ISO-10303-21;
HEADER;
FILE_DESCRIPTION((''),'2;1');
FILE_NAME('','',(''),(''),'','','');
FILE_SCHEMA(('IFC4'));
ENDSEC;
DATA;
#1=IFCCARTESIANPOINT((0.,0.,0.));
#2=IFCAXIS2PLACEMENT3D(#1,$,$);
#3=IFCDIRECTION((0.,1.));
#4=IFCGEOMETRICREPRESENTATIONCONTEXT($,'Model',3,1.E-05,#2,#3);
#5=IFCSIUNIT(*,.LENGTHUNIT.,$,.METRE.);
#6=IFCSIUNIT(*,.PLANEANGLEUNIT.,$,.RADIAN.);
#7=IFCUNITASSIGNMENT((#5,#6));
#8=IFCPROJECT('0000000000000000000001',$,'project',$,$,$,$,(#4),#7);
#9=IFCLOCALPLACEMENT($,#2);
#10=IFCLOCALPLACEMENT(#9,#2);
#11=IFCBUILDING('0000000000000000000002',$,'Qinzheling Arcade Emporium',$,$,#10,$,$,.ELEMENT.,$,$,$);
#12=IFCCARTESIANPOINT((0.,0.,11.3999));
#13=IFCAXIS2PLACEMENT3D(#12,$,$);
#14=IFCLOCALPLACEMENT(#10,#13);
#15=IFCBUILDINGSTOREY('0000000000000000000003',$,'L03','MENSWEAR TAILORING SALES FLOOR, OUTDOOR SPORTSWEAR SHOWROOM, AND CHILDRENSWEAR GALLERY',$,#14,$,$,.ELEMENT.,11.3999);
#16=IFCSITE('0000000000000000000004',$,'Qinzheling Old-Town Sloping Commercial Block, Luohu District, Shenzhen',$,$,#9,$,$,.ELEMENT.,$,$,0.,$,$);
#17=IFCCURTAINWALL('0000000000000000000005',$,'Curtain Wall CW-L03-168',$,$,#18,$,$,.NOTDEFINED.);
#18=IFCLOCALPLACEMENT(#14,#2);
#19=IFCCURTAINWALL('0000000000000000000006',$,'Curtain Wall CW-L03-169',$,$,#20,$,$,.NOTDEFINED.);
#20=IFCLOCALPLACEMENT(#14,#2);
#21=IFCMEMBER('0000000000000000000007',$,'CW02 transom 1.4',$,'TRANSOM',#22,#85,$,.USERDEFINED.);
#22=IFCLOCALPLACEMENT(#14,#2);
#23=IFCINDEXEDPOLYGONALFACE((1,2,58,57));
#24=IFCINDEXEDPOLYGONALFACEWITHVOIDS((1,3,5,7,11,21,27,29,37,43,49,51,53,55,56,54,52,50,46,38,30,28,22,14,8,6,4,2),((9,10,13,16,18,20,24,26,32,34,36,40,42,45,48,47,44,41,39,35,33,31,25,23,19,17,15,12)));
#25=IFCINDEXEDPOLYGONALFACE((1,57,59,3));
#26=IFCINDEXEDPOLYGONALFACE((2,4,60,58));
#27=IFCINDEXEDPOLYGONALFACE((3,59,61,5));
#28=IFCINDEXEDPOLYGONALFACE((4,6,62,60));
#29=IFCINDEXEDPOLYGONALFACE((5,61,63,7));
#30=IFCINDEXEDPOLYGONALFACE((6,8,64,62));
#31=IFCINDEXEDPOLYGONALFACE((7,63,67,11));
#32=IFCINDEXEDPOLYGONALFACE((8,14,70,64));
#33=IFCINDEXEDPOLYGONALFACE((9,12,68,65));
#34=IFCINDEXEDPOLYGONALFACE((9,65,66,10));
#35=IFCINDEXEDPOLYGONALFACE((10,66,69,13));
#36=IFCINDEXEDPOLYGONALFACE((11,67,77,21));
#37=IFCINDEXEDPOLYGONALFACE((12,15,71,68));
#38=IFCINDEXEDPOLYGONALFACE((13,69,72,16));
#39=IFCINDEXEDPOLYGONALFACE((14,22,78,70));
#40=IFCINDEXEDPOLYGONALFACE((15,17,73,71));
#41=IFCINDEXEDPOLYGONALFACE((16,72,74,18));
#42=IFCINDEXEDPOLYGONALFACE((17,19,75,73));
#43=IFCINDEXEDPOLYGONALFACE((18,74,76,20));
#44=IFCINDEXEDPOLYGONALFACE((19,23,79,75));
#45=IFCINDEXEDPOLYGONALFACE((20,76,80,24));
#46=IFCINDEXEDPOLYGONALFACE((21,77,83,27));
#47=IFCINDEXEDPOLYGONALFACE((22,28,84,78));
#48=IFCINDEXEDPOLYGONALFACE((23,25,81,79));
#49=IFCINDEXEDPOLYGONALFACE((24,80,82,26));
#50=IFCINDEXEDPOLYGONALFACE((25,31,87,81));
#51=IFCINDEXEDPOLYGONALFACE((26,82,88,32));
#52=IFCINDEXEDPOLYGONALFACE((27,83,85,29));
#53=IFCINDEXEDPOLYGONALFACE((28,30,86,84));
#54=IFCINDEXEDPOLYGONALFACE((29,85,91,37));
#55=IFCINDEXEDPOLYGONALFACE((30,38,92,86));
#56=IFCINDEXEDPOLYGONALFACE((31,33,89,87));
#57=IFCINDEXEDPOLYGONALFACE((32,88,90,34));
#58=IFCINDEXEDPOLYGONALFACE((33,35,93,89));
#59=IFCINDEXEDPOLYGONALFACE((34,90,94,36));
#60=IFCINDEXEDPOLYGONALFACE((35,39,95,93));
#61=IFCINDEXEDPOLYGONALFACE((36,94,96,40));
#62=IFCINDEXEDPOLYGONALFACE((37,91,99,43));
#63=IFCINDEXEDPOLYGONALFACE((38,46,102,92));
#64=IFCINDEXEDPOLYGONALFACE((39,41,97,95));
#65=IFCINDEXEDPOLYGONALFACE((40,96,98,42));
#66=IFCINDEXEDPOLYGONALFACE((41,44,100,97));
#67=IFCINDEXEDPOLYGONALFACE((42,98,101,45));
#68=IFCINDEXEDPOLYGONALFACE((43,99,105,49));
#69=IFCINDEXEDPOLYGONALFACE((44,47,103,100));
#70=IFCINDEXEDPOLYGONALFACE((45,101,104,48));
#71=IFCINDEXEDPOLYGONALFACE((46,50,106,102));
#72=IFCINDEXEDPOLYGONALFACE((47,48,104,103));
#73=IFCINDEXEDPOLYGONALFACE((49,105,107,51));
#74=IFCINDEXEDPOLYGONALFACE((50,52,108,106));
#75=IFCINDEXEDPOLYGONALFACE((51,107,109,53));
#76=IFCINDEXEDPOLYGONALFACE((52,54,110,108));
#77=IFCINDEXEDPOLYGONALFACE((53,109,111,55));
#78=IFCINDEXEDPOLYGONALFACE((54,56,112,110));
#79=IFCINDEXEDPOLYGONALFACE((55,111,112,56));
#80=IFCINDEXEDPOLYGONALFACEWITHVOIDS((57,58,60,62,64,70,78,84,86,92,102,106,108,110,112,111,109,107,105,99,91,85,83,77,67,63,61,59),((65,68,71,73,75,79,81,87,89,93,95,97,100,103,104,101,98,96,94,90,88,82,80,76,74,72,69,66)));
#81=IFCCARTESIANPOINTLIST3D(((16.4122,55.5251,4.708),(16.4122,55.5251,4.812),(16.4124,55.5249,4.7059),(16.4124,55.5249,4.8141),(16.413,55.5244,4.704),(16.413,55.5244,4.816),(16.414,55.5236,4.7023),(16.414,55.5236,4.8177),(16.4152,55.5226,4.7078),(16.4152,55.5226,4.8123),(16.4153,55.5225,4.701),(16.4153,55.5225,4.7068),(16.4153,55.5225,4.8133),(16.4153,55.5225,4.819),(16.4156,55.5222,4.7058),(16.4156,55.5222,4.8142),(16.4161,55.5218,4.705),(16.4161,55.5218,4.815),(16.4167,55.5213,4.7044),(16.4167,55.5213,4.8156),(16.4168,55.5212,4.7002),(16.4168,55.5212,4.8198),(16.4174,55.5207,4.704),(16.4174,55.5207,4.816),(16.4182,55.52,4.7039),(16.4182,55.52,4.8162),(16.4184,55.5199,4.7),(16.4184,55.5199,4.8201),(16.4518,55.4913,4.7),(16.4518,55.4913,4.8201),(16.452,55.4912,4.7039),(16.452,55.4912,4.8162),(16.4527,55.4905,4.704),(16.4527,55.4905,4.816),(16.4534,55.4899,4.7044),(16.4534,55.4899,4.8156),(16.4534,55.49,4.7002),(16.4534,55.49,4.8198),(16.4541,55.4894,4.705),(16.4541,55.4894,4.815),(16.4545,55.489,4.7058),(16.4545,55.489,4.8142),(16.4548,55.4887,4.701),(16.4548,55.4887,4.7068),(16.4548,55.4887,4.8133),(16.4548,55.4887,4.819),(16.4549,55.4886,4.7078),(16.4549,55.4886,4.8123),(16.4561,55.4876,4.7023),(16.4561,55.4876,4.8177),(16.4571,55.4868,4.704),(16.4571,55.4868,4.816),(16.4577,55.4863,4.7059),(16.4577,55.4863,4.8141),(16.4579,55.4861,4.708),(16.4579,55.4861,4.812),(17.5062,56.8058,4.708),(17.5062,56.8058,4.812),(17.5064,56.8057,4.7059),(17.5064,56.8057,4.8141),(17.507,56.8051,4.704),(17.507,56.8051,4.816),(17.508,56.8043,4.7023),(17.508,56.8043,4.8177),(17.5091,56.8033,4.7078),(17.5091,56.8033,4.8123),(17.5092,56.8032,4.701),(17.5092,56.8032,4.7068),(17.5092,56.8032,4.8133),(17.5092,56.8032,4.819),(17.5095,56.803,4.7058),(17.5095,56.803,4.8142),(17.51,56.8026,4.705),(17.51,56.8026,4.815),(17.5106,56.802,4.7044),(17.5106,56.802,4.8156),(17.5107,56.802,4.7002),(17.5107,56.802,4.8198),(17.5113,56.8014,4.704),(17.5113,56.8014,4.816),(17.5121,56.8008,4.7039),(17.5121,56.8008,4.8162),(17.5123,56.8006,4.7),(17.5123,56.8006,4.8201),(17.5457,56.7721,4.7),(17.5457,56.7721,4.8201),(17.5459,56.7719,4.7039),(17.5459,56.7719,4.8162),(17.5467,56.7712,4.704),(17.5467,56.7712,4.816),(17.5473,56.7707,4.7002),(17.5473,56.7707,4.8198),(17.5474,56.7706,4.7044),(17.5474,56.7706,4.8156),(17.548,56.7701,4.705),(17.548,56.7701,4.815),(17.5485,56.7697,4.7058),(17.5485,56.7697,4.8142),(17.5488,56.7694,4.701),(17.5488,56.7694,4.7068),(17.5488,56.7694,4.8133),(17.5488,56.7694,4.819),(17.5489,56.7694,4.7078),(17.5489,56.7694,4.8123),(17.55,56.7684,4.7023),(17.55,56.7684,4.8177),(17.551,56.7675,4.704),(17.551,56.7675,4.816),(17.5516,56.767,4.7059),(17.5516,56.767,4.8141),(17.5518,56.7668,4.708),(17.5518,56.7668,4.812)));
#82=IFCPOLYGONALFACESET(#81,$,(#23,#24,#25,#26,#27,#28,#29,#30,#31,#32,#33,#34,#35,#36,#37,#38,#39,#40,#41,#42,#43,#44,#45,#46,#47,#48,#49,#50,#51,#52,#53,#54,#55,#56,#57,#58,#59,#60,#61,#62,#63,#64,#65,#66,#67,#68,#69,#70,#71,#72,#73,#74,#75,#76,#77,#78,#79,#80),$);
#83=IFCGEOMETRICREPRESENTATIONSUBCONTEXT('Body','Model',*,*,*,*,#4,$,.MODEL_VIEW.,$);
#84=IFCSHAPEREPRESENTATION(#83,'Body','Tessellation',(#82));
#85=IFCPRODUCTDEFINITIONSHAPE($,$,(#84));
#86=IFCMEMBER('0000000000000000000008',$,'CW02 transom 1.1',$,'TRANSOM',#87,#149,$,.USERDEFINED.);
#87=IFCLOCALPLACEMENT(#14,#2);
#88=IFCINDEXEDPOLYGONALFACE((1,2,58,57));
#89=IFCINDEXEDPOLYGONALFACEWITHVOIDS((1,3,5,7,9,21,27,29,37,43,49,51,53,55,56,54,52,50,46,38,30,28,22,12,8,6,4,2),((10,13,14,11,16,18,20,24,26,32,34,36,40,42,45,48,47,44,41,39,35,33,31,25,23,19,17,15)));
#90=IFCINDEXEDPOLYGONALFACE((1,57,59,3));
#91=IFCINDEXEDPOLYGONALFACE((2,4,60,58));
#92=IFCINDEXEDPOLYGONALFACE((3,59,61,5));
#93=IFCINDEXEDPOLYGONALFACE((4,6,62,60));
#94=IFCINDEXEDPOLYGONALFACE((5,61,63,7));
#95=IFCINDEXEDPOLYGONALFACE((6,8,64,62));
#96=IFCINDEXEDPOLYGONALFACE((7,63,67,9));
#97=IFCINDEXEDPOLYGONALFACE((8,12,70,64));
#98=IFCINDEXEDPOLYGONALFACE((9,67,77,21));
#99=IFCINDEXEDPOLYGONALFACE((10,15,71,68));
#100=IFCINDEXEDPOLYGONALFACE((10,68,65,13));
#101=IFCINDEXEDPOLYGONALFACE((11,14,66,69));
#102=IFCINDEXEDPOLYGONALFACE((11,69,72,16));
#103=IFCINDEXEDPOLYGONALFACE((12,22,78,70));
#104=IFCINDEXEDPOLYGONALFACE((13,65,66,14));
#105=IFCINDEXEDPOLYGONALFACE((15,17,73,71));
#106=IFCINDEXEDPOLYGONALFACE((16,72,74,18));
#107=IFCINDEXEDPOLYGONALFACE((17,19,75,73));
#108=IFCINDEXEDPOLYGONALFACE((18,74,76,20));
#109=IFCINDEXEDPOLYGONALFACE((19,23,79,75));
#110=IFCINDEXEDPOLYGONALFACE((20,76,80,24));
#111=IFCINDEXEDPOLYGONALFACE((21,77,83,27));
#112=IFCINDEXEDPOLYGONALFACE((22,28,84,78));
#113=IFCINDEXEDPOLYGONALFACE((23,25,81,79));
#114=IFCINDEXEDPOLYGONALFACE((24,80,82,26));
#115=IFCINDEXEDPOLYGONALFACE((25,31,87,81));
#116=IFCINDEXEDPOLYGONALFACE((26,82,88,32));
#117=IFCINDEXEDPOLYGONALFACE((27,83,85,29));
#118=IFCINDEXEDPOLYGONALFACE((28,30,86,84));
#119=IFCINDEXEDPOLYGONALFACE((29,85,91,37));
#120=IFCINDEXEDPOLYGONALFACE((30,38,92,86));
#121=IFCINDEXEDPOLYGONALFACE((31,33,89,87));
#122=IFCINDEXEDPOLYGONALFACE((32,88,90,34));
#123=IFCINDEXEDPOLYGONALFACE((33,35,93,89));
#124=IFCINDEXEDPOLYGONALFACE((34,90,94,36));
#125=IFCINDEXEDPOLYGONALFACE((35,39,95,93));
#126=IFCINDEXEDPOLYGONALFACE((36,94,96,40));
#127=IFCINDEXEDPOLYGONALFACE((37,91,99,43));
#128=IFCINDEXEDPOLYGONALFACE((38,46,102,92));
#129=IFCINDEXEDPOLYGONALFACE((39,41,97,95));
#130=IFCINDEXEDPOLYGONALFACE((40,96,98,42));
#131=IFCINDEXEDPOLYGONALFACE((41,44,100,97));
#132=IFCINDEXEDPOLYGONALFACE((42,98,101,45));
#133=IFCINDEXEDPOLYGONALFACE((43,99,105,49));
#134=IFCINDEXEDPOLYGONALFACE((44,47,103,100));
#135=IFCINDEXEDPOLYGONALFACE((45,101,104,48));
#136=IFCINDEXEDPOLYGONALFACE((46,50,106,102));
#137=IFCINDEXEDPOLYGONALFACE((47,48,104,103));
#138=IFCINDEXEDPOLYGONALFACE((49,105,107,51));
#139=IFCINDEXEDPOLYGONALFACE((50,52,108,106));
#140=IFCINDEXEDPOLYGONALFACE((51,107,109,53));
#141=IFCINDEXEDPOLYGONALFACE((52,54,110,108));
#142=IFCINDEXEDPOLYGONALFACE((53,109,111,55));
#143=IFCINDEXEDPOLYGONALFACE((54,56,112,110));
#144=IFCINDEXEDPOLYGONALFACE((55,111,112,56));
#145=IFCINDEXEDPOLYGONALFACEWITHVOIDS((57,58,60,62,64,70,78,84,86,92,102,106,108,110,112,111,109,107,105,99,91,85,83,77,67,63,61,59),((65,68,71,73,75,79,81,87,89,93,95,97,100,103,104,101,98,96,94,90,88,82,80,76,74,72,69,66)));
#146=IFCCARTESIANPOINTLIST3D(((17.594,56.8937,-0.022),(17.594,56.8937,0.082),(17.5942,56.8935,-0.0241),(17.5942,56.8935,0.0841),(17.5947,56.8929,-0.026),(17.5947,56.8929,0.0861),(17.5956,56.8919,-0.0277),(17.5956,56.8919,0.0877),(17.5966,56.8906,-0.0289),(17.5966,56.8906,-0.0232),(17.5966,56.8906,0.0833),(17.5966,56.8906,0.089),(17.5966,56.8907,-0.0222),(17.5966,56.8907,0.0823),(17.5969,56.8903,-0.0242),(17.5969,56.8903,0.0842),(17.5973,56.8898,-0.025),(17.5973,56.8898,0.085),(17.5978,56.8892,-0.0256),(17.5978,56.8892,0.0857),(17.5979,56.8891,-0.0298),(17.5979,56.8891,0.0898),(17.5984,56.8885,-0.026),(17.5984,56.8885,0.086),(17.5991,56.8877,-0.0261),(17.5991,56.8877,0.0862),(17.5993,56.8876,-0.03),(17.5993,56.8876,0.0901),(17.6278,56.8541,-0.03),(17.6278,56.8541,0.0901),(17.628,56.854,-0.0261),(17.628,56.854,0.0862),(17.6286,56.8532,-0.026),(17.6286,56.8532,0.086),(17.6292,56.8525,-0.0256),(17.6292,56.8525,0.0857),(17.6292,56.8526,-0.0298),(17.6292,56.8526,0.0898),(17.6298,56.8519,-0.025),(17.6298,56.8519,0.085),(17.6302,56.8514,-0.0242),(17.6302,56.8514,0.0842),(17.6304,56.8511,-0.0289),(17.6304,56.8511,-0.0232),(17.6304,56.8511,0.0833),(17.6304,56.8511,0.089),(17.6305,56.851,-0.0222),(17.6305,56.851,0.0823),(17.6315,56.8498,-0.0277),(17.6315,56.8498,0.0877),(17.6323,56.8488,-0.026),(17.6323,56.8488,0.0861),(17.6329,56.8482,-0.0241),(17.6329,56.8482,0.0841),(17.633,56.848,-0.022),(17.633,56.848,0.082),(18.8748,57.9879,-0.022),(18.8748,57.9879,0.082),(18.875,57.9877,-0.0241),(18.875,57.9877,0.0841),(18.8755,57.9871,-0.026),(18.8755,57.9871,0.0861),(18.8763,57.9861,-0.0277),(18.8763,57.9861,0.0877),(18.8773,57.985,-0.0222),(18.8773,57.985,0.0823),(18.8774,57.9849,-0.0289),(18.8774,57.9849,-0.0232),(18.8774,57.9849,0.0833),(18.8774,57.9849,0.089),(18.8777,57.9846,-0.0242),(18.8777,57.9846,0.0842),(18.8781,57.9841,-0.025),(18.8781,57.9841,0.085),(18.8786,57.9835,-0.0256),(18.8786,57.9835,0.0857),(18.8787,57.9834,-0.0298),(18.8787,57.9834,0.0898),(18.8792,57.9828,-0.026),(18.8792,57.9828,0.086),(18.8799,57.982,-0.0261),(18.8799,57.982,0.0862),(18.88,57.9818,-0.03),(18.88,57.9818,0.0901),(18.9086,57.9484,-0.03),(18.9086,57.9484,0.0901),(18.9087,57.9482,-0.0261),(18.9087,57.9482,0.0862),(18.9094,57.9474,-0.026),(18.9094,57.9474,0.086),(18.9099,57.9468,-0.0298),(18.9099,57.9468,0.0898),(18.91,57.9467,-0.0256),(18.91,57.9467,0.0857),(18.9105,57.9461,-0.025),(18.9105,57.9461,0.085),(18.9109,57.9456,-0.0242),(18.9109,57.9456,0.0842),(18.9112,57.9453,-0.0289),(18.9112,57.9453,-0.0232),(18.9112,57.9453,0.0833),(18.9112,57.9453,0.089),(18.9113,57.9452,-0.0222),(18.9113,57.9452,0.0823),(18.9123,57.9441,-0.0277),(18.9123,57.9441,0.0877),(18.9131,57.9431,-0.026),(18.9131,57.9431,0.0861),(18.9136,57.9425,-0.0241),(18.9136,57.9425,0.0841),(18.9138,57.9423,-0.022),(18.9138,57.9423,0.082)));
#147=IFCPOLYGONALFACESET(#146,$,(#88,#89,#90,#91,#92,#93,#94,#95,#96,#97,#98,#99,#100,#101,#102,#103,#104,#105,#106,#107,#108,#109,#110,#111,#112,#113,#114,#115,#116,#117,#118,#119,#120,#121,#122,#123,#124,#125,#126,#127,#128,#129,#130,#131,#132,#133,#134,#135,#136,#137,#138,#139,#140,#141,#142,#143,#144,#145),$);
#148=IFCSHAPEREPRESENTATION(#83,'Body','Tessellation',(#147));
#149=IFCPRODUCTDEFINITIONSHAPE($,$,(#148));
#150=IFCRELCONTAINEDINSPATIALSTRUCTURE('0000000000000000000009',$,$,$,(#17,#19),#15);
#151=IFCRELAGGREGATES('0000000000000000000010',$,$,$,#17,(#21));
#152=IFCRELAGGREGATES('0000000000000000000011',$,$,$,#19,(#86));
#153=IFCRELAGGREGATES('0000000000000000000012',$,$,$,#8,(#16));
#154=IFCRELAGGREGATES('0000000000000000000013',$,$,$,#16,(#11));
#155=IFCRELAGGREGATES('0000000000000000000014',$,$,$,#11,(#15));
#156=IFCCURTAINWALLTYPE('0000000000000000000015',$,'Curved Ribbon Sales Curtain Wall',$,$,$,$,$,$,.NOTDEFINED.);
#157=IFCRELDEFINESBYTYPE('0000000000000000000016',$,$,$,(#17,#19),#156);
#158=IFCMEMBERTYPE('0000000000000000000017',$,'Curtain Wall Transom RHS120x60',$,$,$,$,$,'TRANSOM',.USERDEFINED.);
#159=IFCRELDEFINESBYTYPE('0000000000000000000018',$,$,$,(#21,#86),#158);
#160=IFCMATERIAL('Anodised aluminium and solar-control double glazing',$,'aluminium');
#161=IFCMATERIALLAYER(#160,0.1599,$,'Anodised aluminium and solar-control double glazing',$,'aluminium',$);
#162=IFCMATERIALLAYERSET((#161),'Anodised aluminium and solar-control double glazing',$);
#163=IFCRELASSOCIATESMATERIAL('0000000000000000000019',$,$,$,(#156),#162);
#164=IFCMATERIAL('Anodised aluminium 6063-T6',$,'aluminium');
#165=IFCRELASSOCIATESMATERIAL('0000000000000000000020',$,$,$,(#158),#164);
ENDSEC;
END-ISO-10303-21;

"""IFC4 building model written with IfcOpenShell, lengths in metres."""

from ifc_helpers import new_model, si_unit, direction, frame, origin, origin_2d, place, context, subcontext, project, spatial, hollow_rectangle, extrude, material, layer, layer_set, material_profile, profile_set, type_object, element, aggregate, save


model = new_model("IFC4")

# Units and contexts
model_context = context("Model", 3, precision=1e-05, world=origin(), true_north=direction((0.0, 1.0)))
body_context = subcontext(model_context, "Body", "Model", "MODEL_VIEW")
ifc_project = project(units=[si_unit("LENGTHUNIT", "METRE"), si_unit("PLANEANGLEUNIT", "RADIAN")], contexts=[model_context])

# Site, building, storey
site_placement = place(None, origin())
site = spatial("IfcSite", under=ifc_project, at=site_placement, Name="Qinzheling Old-Town Sloping Commercial Block, Luohu District, Shenzhen", CompositionType="ELEMENT", RefElevation=0.0)
building_placement = place(site_placement, origin())
building = spatial("IfcBuilding", under=site, at=building_placement, Name="Qinzheling Arcade Emporium", CompositionType="ELEMENT")
storey_placement = place(building_placement, frame((0.0, 0.0, 11.3999)))
storey = spatial("IfcBuildingStorey", under=building, at=storey_placement, Name="L03", Description="MENSWEAR TAILORING SALES FLOOR, OUTDOOR SPORTSWEAR SHOWROOM, AND CHILDRENSWEAR GALLERY", CompositionType="ELEMENT", Elevation=11.3999)

# Shared definitions
ifc_material_1 = material(Name="Anodised aluminium and solar-control double glazing", Category="aluminium")
ifc_layer_1 = layer(ifc_material_1, 0.1599, Name="Anodised aluminium and solar-control double glazing", Category="aluminium")
ifc_layer_set_1 = layer_set([ifc_layer_1], Name="Anodised aluminium and solar-control double glazing")
curtain_wall_type = type_object("IfcCurtainWallType", Name="Curved Ribbon Sales Curtain Wall", PredefinedType="NOTDEFINED", material=ifc_layer_set_1)
ifc_material_2 = material(Name="Anodised aluminium 6063-T6", Category="aluminium")

# Curtain walls
curtain_wall_1_placement = place(storey_placement, origin())
curtain_wall_1 = element("IfcCurtainWall", 1, at=curtain_wall_1_placement, inside=storey, type_object=curtain_wall_type, Name="Curtain Wall CW-L03-168", PredefinedType="NOTDEFINED")
curtain_wall_2_placement = place(storey_placement, origin())
curtain_wall_2 = element("IfcCurtainWall", 2, at=curtain_wall_2_placement, inside=storey, type_object=curtain_wall_type, Name="Curtain Wall CW-L03-169", PredefinedType="NOTDEFINED")

# Members
ifc_material_profile_1 = material_profile(ifc_material_2, hollow_rectangle(XDim=0.0601, YDim=0.1201, WallThickness=0.0039, InnerFilletRadius=0.0039, OuterFilletRadius=0.0081, at=origin_2d()), Name="RHS 120x60x4", Category="aluminium")
ifc_profile_set_1 = profile_set([ifc_material_profile_1], Name="Anodised aluminium 6063-T6")
member_type_1 = type_object("IfcMemberType", Name="Curtain Wall Transom RHS120x60", ElementType="TRANSOM", PredefinedType="USERDEFINED", material=ifc_profile_set_1)
member_1_placement = place(storey_placement, frame((16.4351, 55.5056, 4.76), z_axis=(0.649489, 0.760371, 0.0), x_axis=(-0.760371, 0.649489, 0.0)))
member_1 = element("IfcMember", 3, at=member_1_placement, type_object=member_type_1, Name="CW02 transom 1.4", ObjectType="TRANSOM", PredefinedType="USERDEFINED", context=body_context, shape_type="SweptSolid", body=[
    extrude(hollow_rectangle(XDim=0.0601, YDim=0.1201, WallThickness=0.0039, InnerFilletRadius=0.0039, OuterFilletRadius=0.0081, at=origin_2d()), origin(), (0.0, 0.0, 1.0), 1.6843),
])
member_2_placement = place(storey_placement, frame((17.6135, 56.8708, 0.03), z_axis=(0.760299, 0.649573, 0.0), x_axis=(-0.649573, 0.760299, 0.0)))
member_2 = element("IfcMember", 4, at=member_2_placement, type_object=member_type_1, Name="CW02 transom 1.1", ObjectType="TRANSOM", PredefinedType="USERDEFINED", context=body_context, shape_type="SweptSolid", body=[
    extrude(hollow_rectangle(XDim=0.0601, YDim=0.1201, WallThickness=0.0039, InnerFilletRadius=0.0039, OuterFilletRadius=0.0081, at=origin_2d()), origin(), (0.0, 0.0, 1.0), 1.6846),
])

aggregate(curtain_wall_1, [member_1])
aggregate(curtain_wall_2, [member_2])

save(model, "model.ifc")
